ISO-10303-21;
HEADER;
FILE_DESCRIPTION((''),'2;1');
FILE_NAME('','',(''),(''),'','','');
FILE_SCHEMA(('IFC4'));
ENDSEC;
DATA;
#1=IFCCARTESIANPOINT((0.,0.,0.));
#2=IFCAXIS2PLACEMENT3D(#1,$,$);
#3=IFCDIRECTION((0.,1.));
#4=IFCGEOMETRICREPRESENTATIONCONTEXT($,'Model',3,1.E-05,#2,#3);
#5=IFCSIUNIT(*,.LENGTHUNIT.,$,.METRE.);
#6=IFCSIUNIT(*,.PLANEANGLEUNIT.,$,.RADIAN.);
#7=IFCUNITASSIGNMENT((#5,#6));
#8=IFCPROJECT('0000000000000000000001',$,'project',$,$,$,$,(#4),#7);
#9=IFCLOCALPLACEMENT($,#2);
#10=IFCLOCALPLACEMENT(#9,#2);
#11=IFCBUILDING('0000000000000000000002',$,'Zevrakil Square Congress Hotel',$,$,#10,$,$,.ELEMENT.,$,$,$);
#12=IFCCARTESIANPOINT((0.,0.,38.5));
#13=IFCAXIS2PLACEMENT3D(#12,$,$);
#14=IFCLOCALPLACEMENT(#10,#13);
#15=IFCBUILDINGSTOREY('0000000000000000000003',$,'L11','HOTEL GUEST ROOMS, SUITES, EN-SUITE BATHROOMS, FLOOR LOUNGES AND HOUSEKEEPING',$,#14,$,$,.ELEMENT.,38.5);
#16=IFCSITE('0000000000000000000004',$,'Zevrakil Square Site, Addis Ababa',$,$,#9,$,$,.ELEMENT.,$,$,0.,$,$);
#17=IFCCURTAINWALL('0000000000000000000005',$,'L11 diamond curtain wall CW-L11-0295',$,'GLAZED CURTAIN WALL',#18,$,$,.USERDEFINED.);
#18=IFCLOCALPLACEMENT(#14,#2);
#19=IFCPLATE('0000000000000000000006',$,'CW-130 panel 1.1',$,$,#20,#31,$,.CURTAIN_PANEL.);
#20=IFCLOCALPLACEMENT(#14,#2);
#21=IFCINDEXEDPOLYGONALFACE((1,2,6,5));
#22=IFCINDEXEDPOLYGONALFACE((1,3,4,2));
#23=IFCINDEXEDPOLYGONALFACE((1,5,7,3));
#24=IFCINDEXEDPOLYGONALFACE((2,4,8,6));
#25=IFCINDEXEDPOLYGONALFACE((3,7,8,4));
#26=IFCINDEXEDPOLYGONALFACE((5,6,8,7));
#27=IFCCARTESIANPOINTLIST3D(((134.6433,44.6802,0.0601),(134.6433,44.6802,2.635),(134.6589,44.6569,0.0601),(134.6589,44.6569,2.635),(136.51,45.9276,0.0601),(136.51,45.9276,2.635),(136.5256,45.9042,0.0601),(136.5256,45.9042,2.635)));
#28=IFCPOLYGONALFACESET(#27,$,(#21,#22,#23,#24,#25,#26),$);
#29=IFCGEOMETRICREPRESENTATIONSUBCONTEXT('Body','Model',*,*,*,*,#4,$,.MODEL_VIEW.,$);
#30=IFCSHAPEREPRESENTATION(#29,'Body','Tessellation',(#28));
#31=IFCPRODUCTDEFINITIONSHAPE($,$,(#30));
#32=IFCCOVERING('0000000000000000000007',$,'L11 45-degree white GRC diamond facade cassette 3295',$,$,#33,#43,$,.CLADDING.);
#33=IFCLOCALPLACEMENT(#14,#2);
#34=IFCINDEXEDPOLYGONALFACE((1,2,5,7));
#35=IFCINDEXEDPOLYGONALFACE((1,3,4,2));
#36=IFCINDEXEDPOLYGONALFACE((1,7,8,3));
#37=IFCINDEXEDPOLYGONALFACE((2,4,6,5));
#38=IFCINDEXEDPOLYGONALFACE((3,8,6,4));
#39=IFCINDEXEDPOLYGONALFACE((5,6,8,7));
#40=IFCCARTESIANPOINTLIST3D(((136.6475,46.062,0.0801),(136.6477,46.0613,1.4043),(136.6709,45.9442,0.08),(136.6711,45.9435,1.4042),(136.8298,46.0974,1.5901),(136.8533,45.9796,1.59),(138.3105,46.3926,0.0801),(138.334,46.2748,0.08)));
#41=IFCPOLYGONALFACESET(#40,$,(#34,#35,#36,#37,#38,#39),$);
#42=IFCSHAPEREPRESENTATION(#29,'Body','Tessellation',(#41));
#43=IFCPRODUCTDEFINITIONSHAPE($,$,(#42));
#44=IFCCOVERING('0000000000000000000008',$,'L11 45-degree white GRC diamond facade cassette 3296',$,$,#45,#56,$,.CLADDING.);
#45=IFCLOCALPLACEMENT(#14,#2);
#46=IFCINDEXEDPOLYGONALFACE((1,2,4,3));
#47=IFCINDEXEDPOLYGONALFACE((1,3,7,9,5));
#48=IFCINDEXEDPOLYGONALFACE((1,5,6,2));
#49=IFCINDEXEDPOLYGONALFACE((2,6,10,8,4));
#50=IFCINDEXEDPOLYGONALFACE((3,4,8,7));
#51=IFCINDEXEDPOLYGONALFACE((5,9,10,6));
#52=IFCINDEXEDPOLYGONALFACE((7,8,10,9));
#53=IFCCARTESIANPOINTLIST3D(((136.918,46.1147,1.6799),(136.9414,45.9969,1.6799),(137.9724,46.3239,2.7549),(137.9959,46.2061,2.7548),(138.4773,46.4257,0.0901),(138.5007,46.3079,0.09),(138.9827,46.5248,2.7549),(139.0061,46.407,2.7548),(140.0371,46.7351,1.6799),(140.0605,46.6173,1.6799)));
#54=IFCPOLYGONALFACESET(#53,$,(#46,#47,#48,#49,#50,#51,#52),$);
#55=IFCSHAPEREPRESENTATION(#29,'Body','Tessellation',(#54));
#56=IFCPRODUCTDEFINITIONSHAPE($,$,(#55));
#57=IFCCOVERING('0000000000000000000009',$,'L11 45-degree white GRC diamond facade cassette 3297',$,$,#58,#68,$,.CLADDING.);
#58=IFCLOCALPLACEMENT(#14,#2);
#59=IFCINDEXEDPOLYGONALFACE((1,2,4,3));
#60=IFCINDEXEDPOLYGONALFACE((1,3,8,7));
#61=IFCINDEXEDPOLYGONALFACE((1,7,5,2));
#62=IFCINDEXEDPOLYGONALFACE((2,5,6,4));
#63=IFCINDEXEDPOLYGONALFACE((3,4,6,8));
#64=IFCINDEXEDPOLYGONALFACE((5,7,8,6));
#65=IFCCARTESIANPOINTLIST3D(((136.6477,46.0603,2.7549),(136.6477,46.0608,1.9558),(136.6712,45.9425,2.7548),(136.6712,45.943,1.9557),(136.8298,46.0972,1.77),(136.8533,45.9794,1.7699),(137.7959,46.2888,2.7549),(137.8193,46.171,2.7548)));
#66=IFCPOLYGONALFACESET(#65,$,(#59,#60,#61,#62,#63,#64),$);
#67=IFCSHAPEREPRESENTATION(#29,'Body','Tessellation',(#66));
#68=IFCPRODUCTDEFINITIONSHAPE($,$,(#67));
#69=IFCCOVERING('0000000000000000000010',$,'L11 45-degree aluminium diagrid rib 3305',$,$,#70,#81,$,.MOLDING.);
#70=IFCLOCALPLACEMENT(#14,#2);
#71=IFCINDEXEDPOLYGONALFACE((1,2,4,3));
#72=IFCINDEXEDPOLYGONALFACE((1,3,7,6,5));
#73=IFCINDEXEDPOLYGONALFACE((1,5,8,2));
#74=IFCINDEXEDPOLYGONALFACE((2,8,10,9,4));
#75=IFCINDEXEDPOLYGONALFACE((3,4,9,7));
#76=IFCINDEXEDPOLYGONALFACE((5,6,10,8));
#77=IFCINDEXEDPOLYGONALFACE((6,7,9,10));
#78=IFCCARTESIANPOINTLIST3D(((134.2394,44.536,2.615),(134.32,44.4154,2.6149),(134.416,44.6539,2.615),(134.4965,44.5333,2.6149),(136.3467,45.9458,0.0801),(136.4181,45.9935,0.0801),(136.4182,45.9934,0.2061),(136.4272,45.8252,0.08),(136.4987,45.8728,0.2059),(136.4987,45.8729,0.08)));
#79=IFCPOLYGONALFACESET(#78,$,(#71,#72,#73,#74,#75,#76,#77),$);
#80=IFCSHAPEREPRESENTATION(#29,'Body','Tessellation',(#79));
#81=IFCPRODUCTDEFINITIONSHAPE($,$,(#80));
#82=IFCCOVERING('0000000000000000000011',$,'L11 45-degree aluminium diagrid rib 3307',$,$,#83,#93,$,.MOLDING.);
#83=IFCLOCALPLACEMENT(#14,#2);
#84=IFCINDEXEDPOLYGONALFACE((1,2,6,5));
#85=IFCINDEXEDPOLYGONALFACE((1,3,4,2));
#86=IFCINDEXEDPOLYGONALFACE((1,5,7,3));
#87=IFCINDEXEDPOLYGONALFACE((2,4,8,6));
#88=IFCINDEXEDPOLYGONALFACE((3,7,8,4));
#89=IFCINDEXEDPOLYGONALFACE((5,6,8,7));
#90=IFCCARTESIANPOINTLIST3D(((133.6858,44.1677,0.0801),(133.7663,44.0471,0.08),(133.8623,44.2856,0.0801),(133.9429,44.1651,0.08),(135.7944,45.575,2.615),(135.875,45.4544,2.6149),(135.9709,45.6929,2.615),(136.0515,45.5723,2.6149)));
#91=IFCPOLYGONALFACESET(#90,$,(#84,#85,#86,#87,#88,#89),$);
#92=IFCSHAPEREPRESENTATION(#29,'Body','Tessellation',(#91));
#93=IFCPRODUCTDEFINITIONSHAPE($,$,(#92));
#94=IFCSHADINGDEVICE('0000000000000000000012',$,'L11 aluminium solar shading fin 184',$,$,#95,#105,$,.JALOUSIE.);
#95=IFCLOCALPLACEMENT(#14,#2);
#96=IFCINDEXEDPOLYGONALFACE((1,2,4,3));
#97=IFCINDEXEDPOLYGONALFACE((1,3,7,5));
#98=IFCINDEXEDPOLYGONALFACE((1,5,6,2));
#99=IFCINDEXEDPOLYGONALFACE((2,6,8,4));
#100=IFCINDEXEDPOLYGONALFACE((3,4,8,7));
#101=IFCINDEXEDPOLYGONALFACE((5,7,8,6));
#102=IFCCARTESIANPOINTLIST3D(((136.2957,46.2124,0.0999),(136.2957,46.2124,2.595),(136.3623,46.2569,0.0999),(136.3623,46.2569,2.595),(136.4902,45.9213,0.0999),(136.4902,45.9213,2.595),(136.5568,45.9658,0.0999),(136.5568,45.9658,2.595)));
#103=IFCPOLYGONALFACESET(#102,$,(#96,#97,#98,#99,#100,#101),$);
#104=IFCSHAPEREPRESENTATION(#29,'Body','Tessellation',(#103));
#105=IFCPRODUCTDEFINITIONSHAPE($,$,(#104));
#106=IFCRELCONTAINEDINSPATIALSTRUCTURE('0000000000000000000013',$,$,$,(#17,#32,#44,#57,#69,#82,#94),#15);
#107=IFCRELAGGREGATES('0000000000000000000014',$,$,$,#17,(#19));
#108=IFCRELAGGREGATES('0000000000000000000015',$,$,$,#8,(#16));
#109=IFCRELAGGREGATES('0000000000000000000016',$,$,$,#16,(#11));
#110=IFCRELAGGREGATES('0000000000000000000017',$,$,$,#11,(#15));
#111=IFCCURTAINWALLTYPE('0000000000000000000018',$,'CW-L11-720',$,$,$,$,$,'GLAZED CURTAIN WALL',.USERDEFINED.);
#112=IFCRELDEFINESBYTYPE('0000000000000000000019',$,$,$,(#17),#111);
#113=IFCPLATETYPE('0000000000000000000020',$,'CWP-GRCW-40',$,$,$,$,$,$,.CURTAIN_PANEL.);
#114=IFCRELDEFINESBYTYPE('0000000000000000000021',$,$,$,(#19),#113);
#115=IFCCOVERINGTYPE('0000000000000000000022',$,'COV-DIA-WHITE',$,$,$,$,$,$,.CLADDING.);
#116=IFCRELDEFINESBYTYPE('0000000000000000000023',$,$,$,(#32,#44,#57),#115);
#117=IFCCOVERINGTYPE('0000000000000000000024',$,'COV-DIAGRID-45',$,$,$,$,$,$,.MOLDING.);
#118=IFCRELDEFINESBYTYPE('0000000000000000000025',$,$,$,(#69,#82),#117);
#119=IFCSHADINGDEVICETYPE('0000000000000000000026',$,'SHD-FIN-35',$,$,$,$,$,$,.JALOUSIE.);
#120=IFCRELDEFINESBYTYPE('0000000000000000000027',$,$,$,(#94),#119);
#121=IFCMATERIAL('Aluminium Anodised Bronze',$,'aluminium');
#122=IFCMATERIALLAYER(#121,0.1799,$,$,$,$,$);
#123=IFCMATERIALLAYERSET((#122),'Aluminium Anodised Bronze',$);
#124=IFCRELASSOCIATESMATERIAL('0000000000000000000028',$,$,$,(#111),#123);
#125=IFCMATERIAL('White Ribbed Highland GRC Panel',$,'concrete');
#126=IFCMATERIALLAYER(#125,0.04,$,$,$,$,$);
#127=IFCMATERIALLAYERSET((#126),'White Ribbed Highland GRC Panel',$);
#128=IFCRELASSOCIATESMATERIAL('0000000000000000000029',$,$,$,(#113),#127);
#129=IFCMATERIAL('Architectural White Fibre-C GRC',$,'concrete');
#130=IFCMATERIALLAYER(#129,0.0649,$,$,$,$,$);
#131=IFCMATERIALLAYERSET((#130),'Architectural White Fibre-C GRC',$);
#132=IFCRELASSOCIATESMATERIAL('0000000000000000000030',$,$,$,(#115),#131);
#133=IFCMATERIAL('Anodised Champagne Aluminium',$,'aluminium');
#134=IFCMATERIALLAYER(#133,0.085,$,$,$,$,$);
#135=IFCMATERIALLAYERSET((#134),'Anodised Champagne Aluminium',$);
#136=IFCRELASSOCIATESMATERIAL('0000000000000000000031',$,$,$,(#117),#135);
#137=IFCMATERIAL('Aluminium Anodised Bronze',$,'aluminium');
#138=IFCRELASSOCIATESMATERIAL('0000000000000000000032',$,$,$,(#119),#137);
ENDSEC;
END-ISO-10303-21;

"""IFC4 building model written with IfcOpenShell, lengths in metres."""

from ifc_helpers import new_model, si_unit, direction, frame, origin, origin_2d, place, context, subcontext, project, spatial, polyline, rectangle, outline, extrude, material, layer, layer_set, type_object, element, aggregate, save


model = new_model("IFC4")

# Units and contexts
model_context = context("Model", 3, precision=1e-05, world=origin(), true_north=direction((0.0, 1.0)))
body_context = subcontext(model_context, "Body", "Model", "MODEL_VIEW")
ifc_project = project(units=[si_unit("LENGTHUNIT", "METRE"), si_unit("PLANEANGLEUNIT", "RADIAN")], contexts=[model_context])

# Site, building, storey
site_placement = place(None, origin())
site = spatial("IfcSite", under=ifc_project, at=site_placement, Name="Zevrakil Square Site, Addis Ababa", CompositionType="ELEMENT", RefElevation=0.0)
building_placement = place(site_placement, origin())
building = spatial("IfcBuilding", under=site, at=building_placement, Name="Zevrakil Square Congress Hotel", CompositionType="ELEMENT")
storey_placement = place(building_placement, frame((0.0, 0.0, 38.5)))
storey = spatial("IfcBuildingStorey", under=building, at=storey_placement, Name="L11", Description="HOTEL GUEST ROOMS, SUITES, EN-SUITE BATHROOMS, FLOOR LOUNGES AND HOUSEKEEPING", CompositionType="ELEMENT", Elevation=38.5)

# Curtain wall
ifc_material_1 = material(Name="Aluminium Anodised Bronze", Category="aluminium")
ifc_layer_1 = layer(ifc_material_1, 0.1799)
ifc_layer_set_1 = layer_set([ifc_layer_1], Name="Aluminium Anodised Bronze")
curtain_wall_type = type_object("IfcCurtainWallType", Name="CW-L11-720", ElementType="GLAZED CURTAIN WALL", PredefinedType="USERDEFINED", material=ifc_layer_set_1)
curtain_wall_1_placement = place(storey_placement, origin())
curtain_wall_1 = element("IfcCurtainWall", 1, at=curtain_wall_1_placement, inside=storey, type_object=curtain_wall_type, Name="L11 diamond curtain wall CW-L11-0295", ObjectType="GLAZED CURTAIN WALL", PredefinedType="USERDEFINED")

# Plate
ifc_material_2 = material(Name="White Ribbed Highland GRC Panel", Category="concrete")
ifc_layer_2 = layer(ifc_material_2, 0.04)
ifc_layer_set_2 = layer_set([ifc_layer_2], Name="White Ribbed Highland GRC Panel")
plate_type_1 = type_object("IfcPlateType", Name="CWP-GRCW-40", PredefinedType="CURTAIN_PANEL", material=ifc_layer_set_2)
plate_1_placement = place(storey_placement, frame((135.5845, 45.2922, 0.0601), z_axis=(0.0, 0.0, 1.0), x_axis=(-0.831466, -0.555576, 0.0)))
plate_1 = element("IfcPlate", 2, at=plate_1_placement, type_object=plate_type_1, Name="CW-130 panel 1.1", PredefinedType="CURTAIN_PANEL", context=body_context, shape_type="SweptSolid", body=[
    extrude(rectangle(XDim=2.2451, YDim=0.0281, at=origin_2d()), origin(), (0.0, 0.0, 1.0), 2.575),
])
aggregate(curtain_wall_1, [plate_1])

# Coverings
ifc_material_3 = material(Name="Architectural White Fibre-C GRC", Category="concrete")
ifc_layer_3 = layer(ifc_material_3, 0.0649)
ifc_layer_set_3 = layer_set([ifc_layer_3], Name="Architectural White Fibre-C GRC")
covering_type_1 = type_object("IfcCoveringType", Name="COV-DIA-WHITE", PredefinedType="CLADDING", material=ifc_layer_set_3)
covering_1_placement = place(storey_placement, frame((136.8298, 46.0974, 1.5901), z_axis=(-0.194972, 0.980809, 0.000554), x_axis=(-0.693403, -0.13744, -0.707321)))
element("IfcCovering", 3, at=covering_1_placement, inside=storey, type_object=covering_type_1, Name="L11 45-degree white GRC diamond facade cassette 3295", PredefinedType="CLADDING", context=body_context, shape_type="SweptSolid", body=[
    extrude(outline(polyline([(0.0, 0.0), (0.2627, 0.0), (1.1994, -0.936), (0.0008, -2.1354), (0.0, 0.0)])), origin(), (0.0, 0.0, -1.0), 0.1201),
])
covering_2_placement = place(storey_placement, frame((136.918, 46.1147, 1.6799), z_axis=(-0.195068, 0.98079, 0.000504), x_axis=(0.693497, 0.138292, -0.707062)))
element("IfcCovering", 4, at=covering_2_placement, inside=storey, type_object=covering_type_1, Name="L11 45-degree white GRC diamond facade cassette 3296", PredefinedType="CLADDING", context=body_context, shape_type="SweptSolid", body=[
    extrude(outline(polyline([(0.0, 0.0), (2.2485, 0.0), (2.2489, -2.2486), (0.7285, -2.2485), (0.0001, -1.5202), (0.0, 0.0)])), origin(), (0.0, 0.0, -1.0), 0.1201),
])
covering_3_placement = place(storey_placement, frame((136.8298, 46.0972, 1.77), z_axis=(-0.195203, 0.980763, 0.000613), x_axis=(0.693598, 0.137606, 0.707097)))
element("IfcCovering", 5, at=covering_3_placement, inside=storey, type_object=covering_type_1, Name="L11 45-degree white GRC diamond facade cassette 3297", PredefinedType="CLADDING", context=body_context, shape_type="SweptSolid", body=[
    extrude(outline(polyline([(0.0, 0.0), (1.3928, 0.0), (0.565, -0.8278), (0.0, -0.2627), (0.0, 0.0)])), origin(), (0.0, 0.0, -1.0), 0.1201),
])
ifc_material_4 = material(Name="Anodised Champagne Aluminium", Category="aluminium")
ifc_layer_4 = layer(ifc_material_4, 0.085)
ifc_layer_set_4 = layer_set([ifc_layer_4], Name="Anodised Champagne Aluminium")
covering_type_2 = type_object("IfcCoveringType", Name="COV-DIAGRID-45", PredefinedType="MOLDING", material=ifc_layer_set_4)
covering_4_placement = place(storey_placement, frame((136.3467, 45.9458, 0.0801), z_axis=(-0.555365, 0.831606, 0.000847), x_axis=(0.831607, 0.555365, 0.000001)))
element("IfcCovering", 6, at=covering_4_placement, inside=storey, type_object=covering_type_2, Name="L11 45-degree aluminium diagrid rib 3305", PredefinedType="MOLDING", context=body_context, shape_type="SweptSolid", body=[
    extrude(outline(polyline([(0.0, 0.0), (0.0859, 0.0), (0.0859, -0.126), (-2.3231, -2.5349), (-2.5354, -2.5349), (0.0, 0.0)])), origin(), (0.0, 0.0, -1.0), 0.145),
])
covering_5_placement = place(storey_placement, frame((135.9709, 45.6929, 2.615), z_axis=(-0.555496, 0.831519, 0.000476), x_axis=(-0.831519, -0.555496, 0.0)))
element("IfcCovering", 7, at=covering_5_placement, inside=storey, type_object=covering_type_2, Name="L11 45-degree aluminium diagrid rib 3307", PredefinedType="MOLDING", context=body_context, shape_type="SweptSolid", body=[
    extrude(outline(polyline([(0.0, 0.0), (0.2123, 0.0), (2.7474, -2.5349), (2.5351, -2.5349), (0.0, 0.0)])), origin(), (0.0, 0.0, -1.0), 0.145),
])

# Shading device
ifc_material_5 = material(Name="Aluminium Anodised Bronze", Category="aluminium")
shading_device_type = type_object("IfcShadingDeviceType", Name="SHD-FIN-35", PredefinedType="JALOUSIE", material=ifc_material_5)
shading_device_placement = place(storey_placement, frame((136.4263, 46.0891, 0.0999), z_axis=(0.0, 0.0, 1.0), x_axis=(-0.55557, 0.83147, 0.0)))
element("IfcShadingDevice", 8, at=shading_device_placement, inside=storey, type_object=shading_device_type, Name="L11 aluminium solar shading fin 184", PredefinedType="JALOUSIE", context=body_context, shape_type="SweptSolid", body=[
    extrude(rectangle(XDim=0.3501, YDim=0.0801, at=origin_2d()), origin(), (0.0, 0.0, 1.0), 2.4951),
])

save(model, "model.ifc")
